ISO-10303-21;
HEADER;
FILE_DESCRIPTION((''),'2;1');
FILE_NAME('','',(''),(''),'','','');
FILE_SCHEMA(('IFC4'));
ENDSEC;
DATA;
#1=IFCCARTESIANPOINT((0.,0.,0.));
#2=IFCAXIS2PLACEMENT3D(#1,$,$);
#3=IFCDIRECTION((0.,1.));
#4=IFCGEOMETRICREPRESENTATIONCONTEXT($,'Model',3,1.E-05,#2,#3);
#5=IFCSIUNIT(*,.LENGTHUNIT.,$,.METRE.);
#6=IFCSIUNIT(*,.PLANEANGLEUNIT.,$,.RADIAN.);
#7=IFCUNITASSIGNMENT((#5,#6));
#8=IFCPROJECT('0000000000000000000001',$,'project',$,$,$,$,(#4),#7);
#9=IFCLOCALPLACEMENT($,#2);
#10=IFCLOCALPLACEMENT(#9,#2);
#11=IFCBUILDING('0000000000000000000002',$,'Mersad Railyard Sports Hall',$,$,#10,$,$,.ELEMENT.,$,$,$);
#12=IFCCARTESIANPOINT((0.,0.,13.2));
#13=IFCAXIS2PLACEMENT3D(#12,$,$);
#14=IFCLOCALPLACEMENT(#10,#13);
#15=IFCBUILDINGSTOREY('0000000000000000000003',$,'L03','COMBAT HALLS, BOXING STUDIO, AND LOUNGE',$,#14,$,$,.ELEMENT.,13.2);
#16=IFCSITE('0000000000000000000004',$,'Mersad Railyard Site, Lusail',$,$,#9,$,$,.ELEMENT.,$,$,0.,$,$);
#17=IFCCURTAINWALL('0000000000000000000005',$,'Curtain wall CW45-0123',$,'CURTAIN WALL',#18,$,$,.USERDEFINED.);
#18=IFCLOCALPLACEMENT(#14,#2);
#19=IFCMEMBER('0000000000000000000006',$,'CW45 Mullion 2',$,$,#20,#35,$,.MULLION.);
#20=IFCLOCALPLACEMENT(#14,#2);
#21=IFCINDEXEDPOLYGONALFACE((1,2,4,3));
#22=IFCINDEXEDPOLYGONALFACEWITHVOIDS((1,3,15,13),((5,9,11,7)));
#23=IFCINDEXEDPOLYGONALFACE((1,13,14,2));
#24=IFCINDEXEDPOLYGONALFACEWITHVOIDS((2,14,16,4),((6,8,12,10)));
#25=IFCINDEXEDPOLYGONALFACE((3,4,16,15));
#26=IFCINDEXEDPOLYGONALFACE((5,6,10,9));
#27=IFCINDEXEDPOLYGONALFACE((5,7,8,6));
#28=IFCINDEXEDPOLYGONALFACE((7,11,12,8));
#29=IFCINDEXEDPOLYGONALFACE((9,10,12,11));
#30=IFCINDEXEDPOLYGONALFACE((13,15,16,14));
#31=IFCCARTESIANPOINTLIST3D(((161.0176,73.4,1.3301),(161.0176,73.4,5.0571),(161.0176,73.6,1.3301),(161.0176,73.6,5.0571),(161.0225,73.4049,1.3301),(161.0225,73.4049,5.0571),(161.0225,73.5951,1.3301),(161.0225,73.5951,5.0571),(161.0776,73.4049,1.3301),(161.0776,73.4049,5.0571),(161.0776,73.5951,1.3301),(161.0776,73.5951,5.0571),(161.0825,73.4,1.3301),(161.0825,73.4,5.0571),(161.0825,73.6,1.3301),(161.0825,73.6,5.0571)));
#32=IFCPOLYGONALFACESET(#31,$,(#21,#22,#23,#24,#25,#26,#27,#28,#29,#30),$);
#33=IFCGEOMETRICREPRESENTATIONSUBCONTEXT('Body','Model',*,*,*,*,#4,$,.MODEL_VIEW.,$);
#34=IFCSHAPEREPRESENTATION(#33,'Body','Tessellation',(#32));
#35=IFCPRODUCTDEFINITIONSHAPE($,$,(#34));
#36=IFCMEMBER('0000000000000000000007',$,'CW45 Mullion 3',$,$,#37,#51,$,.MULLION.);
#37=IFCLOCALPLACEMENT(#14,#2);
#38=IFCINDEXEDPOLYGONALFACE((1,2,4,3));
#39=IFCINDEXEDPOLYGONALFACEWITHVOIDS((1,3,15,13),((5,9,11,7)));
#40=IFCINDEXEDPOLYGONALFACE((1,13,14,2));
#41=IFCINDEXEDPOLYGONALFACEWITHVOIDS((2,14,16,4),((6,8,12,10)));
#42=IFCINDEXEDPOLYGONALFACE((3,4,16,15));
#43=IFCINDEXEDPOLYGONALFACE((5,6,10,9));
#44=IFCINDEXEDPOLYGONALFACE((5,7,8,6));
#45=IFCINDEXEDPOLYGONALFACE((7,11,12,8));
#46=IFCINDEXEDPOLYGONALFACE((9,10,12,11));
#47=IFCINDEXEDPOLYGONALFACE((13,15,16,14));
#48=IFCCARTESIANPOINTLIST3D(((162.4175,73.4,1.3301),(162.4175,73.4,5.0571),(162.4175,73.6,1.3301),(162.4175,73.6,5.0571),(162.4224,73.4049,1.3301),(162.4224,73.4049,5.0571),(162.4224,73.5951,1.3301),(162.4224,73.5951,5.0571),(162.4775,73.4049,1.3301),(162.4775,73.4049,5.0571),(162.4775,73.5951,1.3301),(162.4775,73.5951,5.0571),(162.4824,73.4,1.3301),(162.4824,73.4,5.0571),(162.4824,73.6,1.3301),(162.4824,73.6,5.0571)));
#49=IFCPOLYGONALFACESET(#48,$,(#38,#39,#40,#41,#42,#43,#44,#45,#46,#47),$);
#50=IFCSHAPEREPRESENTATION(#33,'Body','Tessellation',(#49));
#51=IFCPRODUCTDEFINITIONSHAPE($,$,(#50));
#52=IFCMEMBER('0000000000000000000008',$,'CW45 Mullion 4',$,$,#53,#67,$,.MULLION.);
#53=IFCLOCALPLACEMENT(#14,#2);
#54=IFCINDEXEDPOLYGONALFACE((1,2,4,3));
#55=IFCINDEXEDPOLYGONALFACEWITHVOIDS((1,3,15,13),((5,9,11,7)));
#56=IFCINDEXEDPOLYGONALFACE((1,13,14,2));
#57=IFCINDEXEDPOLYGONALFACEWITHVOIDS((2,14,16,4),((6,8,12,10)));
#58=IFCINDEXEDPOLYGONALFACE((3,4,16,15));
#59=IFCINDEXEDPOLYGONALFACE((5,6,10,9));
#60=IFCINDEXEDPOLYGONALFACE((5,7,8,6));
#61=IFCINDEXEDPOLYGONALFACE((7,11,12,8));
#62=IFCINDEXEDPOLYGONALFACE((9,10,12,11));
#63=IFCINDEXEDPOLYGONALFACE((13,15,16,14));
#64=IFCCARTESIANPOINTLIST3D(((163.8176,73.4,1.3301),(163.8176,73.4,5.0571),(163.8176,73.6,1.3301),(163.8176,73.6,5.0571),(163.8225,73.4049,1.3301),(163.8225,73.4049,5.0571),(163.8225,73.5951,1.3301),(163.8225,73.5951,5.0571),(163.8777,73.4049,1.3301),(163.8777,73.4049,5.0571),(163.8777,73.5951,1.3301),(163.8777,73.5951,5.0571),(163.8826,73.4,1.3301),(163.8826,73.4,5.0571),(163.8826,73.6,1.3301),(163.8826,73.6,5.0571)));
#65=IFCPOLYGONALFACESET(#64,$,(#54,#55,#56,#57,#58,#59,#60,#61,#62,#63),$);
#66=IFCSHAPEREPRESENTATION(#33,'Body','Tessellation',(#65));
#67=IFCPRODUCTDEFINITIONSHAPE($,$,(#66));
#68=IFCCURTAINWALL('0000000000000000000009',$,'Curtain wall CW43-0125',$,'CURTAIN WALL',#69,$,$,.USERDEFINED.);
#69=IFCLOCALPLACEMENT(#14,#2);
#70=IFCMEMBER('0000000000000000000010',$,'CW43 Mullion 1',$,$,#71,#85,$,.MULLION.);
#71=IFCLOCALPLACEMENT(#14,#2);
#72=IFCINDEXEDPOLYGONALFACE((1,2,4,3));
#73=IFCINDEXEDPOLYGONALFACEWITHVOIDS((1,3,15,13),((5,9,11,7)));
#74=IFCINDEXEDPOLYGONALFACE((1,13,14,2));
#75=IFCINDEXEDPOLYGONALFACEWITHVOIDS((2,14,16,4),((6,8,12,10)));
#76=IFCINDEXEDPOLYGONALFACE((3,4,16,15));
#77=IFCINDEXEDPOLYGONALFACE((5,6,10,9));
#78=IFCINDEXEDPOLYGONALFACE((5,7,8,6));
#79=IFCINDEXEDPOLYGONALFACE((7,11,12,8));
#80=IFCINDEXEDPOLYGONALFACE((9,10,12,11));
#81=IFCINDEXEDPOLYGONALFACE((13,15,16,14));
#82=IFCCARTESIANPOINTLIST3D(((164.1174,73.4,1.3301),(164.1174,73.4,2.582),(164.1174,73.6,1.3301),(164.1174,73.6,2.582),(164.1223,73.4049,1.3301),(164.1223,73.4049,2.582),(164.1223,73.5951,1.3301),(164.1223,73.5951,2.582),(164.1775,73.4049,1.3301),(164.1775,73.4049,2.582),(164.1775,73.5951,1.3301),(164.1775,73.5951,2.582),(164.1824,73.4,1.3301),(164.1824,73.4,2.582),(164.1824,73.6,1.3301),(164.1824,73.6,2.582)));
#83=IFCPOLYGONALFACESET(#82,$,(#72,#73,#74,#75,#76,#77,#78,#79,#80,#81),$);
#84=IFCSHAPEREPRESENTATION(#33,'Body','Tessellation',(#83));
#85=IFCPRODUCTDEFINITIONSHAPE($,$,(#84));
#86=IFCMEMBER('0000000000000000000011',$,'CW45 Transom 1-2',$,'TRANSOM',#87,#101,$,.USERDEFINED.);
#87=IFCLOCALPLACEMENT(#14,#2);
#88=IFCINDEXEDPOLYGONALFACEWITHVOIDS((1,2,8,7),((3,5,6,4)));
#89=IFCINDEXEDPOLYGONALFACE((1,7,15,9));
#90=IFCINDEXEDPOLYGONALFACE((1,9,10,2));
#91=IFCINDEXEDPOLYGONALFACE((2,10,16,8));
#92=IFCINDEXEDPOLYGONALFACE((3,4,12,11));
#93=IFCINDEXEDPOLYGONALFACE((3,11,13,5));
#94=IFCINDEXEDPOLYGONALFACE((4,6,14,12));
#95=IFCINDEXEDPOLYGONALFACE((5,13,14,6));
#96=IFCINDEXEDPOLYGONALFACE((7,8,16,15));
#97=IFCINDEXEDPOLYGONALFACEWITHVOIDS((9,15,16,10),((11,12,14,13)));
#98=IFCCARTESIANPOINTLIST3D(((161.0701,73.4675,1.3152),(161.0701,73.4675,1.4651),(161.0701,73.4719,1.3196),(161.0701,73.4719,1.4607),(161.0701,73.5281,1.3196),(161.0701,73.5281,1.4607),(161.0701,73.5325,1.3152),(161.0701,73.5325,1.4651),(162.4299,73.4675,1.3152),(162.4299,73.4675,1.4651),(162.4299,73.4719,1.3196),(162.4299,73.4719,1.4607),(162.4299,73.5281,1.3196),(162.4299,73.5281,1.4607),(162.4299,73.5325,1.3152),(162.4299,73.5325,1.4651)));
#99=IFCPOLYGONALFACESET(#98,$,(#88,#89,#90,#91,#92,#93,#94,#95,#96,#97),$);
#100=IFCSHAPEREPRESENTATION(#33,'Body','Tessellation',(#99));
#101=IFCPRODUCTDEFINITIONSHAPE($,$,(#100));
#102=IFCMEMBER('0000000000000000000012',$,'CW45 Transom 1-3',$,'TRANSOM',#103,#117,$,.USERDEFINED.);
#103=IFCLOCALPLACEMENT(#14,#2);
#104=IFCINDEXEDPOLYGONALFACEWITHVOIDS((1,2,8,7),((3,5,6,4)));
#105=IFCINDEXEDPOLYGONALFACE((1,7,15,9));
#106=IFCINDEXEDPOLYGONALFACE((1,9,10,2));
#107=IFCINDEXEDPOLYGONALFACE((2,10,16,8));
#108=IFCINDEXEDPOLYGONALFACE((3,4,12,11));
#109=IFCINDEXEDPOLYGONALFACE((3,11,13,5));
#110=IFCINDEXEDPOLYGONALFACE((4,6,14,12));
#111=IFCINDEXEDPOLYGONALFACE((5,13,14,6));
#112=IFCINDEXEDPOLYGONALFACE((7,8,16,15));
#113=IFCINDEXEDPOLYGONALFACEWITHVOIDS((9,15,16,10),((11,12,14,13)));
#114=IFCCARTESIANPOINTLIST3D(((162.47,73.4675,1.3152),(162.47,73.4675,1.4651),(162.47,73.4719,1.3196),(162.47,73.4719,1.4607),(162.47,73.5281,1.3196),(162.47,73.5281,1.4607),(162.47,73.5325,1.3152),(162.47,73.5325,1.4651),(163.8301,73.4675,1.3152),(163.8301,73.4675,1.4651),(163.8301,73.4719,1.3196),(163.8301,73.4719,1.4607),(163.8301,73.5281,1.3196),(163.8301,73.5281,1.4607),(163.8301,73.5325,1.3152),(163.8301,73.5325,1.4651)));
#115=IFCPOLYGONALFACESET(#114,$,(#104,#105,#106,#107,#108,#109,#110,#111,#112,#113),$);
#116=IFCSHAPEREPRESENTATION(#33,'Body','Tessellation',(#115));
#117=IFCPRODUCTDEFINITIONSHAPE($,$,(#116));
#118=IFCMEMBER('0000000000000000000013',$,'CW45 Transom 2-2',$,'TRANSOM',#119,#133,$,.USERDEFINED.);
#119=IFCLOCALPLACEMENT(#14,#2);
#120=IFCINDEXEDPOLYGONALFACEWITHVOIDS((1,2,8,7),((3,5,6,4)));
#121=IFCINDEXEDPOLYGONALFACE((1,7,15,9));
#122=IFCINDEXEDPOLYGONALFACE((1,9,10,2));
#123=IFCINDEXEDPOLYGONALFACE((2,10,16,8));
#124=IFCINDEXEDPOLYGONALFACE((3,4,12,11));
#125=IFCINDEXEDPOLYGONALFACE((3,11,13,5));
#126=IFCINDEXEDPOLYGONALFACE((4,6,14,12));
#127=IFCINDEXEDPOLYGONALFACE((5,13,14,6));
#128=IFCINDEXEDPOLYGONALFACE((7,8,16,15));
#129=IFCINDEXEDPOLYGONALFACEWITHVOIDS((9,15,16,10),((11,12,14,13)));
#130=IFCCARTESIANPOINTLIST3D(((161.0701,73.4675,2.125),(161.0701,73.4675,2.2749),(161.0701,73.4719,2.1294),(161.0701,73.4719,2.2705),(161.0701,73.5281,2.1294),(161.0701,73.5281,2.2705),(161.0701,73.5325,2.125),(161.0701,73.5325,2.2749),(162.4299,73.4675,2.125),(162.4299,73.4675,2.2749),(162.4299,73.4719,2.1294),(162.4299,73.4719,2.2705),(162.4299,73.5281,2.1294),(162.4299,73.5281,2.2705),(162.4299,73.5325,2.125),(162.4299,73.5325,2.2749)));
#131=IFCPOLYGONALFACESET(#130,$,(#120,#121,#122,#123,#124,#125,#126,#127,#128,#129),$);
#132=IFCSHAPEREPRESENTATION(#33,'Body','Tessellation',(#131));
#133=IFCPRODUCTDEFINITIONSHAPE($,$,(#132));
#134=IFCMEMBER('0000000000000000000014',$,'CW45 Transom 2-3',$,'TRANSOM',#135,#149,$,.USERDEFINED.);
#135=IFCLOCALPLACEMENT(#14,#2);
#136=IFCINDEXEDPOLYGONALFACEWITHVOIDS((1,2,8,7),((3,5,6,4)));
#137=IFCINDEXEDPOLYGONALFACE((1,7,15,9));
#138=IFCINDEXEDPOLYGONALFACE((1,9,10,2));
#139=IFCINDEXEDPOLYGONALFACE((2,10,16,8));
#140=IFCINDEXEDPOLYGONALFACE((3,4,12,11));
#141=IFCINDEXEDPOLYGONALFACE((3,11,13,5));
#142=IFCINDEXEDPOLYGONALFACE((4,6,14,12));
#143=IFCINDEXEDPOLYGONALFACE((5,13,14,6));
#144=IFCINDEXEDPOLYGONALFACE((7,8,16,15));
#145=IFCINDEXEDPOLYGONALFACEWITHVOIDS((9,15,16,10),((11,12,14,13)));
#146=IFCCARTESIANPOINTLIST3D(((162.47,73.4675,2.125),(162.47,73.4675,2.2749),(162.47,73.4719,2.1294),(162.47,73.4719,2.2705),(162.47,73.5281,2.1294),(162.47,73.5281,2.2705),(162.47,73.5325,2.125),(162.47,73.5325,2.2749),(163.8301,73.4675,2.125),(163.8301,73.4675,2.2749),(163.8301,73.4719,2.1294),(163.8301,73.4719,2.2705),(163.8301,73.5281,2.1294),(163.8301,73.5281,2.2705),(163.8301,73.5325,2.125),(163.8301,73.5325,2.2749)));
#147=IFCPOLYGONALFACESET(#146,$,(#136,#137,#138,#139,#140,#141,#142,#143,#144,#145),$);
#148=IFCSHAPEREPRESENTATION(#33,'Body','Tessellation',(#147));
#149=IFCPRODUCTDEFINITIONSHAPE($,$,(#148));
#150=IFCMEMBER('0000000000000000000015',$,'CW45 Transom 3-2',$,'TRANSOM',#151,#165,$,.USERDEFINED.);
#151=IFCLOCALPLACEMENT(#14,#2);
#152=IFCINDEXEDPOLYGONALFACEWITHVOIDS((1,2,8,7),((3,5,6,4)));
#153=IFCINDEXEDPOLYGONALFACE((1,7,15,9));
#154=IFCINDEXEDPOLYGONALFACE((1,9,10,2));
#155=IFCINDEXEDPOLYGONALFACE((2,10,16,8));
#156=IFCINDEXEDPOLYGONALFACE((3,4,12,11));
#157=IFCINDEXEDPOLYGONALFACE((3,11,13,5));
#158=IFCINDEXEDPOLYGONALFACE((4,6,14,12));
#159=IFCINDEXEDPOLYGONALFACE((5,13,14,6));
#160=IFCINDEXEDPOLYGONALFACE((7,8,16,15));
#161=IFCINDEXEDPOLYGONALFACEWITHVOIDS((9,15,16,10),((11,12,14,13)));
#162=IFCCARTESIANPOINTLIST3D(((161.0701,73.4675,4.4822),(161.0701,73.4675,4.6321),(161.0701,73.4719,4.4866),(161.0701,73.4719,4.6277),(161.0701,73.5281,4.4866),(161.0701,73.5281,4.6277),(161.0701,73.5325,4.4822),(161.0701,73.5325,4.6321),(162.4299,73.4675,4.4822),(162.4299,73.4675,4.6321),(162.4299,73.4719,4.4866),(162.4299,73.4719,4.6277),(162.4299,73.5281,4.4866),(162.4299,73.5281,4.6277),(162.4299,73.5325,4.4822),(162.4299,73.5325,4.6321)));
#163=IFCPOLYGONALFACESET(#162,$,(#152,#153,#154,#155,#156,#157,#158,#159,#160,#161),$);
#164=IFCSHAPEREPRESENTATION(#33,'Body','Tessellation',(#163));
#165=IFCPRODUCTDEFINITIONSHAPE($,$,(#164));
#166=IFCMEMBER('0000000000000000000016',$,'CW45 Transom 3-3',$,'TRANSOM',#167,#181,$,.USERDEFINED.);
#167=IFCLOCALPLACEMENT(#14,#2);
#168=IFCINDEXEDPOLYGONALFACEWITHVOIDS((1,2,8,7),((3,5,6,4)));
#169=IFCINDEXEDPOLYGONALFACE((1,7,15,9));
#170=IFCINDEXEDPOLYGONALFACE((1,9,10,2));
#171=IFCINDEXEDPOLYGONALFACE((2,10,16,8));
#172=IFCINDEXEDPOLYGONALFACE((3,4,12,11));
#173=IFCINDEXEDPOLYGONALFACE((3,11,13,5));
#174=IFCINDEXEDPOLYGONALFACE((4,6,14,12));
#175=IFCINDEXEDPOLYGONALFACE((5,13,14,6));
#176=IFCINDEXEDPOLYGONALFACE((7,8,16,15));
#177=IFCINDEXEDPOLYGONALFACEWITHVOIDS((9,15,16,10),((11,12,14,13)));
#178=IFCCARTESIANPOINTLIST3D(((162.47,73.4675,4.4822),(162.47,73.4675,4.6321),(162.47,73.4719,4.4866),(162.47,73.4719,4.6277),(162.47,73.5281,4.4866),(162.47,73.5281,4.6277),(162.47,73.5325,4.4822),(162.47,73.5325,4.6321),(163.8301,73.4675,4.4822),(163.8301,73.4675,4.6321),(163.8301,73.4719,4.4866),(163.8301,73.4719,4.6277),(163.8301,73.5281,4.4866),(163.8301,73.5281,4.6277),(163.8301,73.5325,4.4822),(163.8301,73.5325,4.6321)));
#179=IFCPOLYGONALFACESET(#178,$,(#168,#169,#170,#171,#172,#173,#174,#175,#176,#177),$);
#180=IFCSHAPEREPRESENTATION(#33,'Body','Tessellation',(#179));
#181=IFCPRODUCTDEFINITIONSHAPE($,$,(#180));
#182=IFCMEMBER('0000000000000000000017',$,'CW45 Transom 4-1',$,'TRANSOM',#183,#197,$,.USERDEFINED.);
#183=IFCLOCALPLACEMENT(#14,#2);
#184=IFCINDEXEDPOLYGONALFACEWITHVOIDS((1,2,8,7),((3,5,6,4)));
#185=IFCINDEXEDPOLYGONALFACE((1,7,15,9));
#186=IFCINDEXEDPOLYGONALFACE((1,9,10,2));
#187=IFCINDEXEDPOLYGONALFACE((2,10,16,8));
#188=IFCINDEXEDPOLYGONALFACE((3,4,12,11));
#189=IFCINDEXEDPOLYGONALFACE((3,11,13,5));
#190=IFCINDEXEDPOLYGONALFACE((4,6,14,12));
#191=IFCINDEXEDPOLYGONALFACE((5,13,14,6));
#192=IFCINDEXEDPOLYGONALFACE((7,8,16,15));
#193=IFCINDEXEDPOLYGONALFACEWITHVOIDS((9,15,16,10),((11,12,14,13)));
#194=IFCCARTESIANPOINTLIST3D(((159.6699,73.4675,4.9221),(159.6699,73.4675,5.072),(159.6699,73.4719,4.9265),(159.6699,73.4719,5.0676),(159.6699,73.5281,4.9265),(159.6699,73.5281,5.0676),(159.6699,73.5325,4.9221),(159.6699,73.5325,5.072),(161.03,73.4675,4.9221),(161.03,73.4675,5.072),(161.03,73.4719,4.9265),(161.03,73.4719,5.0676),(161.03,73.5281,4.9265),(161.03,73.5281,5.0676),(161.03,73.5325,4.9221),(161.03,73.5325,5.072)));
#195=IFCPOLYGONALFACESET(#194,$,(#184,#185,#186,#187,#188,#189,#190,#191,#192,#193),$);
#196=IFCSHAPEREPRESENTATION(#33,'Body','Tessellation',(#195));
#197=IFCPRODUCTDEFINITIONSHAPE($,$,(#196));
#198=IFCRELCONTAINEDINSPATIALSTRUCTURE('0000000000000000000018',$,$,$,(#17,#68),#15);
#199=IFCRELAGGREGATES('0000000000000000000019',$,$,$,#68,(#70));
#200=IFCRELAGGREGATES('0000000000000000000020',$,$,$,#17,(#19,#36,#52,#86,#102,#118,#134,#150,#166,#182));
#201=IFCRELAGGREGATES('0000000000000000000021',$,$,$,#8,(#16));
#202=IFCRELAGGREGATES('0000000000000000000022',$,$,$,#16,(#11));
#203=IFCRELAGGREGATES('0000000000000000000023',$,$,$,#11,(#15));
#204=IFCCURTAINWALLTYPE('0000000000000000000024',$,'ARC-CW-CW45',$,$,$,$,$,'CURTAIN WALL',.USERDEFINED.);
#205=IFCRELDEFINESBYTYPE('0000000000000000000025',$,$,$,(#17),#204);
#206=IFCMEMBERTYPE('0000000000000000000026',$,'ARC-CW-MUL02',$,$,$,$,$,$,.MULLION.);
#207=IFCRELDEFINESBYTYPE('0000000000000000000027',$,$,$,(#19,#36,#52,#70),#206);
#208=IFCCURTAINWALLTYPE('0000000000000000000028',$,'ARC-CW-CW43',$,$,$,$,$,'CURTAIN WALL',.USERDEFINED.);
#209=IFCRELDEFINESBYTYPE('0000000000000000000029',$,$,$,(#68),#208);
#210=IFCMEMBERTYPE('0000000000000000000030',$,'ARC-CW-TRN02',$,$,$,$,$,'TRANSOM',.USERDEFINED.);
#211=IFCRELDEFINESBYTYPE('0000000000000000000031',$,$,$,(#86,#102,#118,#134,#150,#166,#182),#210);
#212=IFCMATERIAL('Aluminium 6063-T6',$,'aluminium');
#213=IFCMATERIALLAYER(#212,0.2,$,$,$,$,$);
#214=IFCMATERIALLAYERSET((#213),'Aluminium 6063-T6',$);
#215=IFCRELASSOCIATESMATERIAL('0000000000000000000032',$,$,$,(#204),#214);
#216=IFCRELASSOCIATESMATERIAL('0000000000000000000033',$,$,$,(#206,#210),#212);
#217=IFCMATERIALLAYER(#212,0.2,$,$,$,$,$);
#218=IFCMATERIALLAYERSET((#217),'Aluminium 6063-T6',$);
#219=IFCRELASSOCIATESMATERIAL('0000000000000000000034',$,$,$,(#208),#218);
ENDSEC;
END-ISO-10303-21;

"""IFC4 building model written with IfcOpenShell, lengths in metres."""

from ifc_helpers import new_model, si_unit, direction, frame, origin, origin_2d, place, context, subcontext, project, spatial, hollow_rectangle, extrude, material, layer, layer_set, material_profile, profile_set, type_object, element, aggregate, save


model = new_model("IFC4")

# Units and contexts
model_context = context("Model", 3, precision=1e-05, world=origin(), true_north=direction((0.0, 1.0)))
body_context = subcontext(model_context, "Body", "Model", "MODEL_VIEW")
ifc_project = project(units=[si_unit("LENGTHUNIT", "METRE"), si_unit("PLANEANGLEUNIT", "RADIAN")], contexts=[model_context])

# Site, building, storey
site_placement = place(None, origin())
site = spatial("IfcSite", under=ifc_project, at=site_placement, Name="Mersad Railyard Site, Lusail", CompositionType="ELEMENT", RefElevation=0.0)
building_placement = place(site_placement, origin())
building = spatial("IfcBuilding", under=site, at=building_placement, Name="Mersad Railyard Sports Hall", CompositionType="ELEMENT")
storey_placement = place(building_placement, frame((0.0, 0.0, 13.2)))
storey = spatial("IfcBuildingStorey", under=building, at=storey_placement, Name="L03", Description="COMBAT HALLS, BOXING STUDIO, AND LOUNGE", CompositionType="ELEMENT", Elevation=13.2)

# Curtain wall, members
ifc_material_1 = material(Name="Aluminium 6063-T6", Category="aluminium")
ifc_layer_1 = layer(ifc_material_1, 0.2)
ifc_layer_set_1 = layer_set([ifc_layer_1], Name="Aluminium 6063-T6")
curtain_wall_type_1 = type_object("IfcCurtainWallType", Name="ARC-CW-CW45", ElementType="CURTAIN WALL", PredefinedType="USERDEFINED", material=ifc_layer_set_1)
curtain_wall_1_placement = place(storey_placement, origin())
curtain_wall_1 = element("IfcCurtainWall", 1, at=curtain_wall_1_placement, inside=storey, type_object=curtain_wall_type_1, Name="Curtain wall CW45-0123", ObjectType="CURTAIN WALL", PredefinedType="USERDEFINED")
ifc_material_profile_1 = material_profile(ifc_material_1, hollow_rectangle(XDim=0.0649, YDim=0.2, WallThickness=0.0049, at=origin_2d()), Name="AL MULLION 65x200x5")
ifc_profile_set_1 = profile_set([ifc_material_profile_1], Name="Aluminium 6063-T6")
member_type_1 = type_object("IfcMemberType", Name="ARC-CW-MUL02", PredefinedType="MULLION", material=ifc_profile_set_1)
member_1_placement = place(storey_placement, frame((161.05, 73.5, 1.3301), z_axis=(0.0, 0.0, 1.0), x_axis=(1.0, 0.0, 0.0)))
member_1 = element("IfcMember", 2, at=member_1_placement, type_object=member_type_1, Name="CW45 Mullion 2", PredefinedType="MULLION", context=body_context, shape_type="SweptSolid", body=[
    extrude(hollow_rectangle(XDim=0.0649, YDim=0.2, WallThickness=0.0049, at=origin_2d()), origin(), (0.0, 0.0, 1.0), 3.7271),
])
member_2_placement = place(storey_placement, frame((162.45, 73.5, 1.3301), z_axis=(0.0, 0.0, 1.0), x_axis=(1.0, 0.0, 0.0)))
member_2 = element("IfcMember", 3, at=member_2_placement, type_object=member_type_1, Name="CW45 Mullion 3", PredefinedType="MULLION", context=body_context, shape_type="SweptSolid", body=[
    extrude(hollow_rectangle(XDim=0.0649, YDim=0.2, WallThickness=0.0049, at=origin_2d()), origin(), (0.0, 0.0, 1.0), 3.7271),
])
member_3_placement = place(storey_placement, frame((163.8501, 73.5, 1.3301), z_axis=(0.0, 0.0, 1.0), x_axis=(1.0, 0.0, 0.0)))
member_3 = element("IfcMember", 4, at=member_3_placement, type_object=member_type_1, Name="CW45 Mullion 4", PredefinedType="MULLION", context=body_context, shape_type="SweptSolid", body=[
    extrude(hollow_rectangle(XDim=0.0649, YDim=0.2, WallThickness=0.0049, at=origin_2d()), origin(), (0.0, 0.0, 1.0), 3.7271),
])

# Curtain wall, member
ifc_layer_2 = layer(ifc_material_1, 0.2)
ifc_layer_set_2 = layer_set([ifc_layer_2], Name="Aluminium 6063-T6")
curtain_wall_type_2 = type_object("IfcCurtainWallType", Name="ARC-CW-CW43", ElementType="CURTAIN WALL", PredefinedType="USERDEFINED", material=ifc_layer_set_2)
curtain_wall_2_placement = place(storey_placement, origin())
curtain_wall_2 = element("IfcCurtainWall", 5, at=curtain_wall_2_placement, inside=storey, type_object=curtain_wall_type_2, Name="Curtain wall CW43-0125", ObjectType="CURTAIN WALL", PredefinedType="USERDEFINED")
member_4_placement = place(storey_placement, frame((164.1499, 73.5, 1.3301), z_axis=(0.0, 0.0, 1.0), x_axis=(1.0, 0.0, 0.0)))
member_4 = element("IfcMember", 6, at=member_4_placement, type_object=member_type_1, Name="CW43 Mullion 1", PredefinedType="MULLION", context=body_context, shape_type="SweptSolid", body=[
    extrude(hollow_rectangle(XDim=0.0649, YDim=0.2, WallThickness=0.0049, at=origin_2d()), origin(), (0.0, 0.0, 1.0), 1.252),
])
aggregate(curtain_wall_2, [member_4])

# Members
ifc_material_profile_2 = material_profile(ifc_material_1, hollow_rectangle(XDim=0.0649, YDim=0.1499, WallThickness=0.0044, at=origin_2d()), Name="AL TRANSOM 65x150x4.5")
ifc_profile_set_2 = profile_set([ifc_material_profile_2], Name="Aluminium 6063-T6")
member_type_2 = type_object("IfcMemberType", Name="ARC-CW-TRN02", ElementType="TRANSOM", PredefinedType="USERDEFINED", material=ifc_profile_set_2)
member_5_placement = place(storey_placement, frame((161.0701, 73.5, 1.3901), z_axis=(1.0, 0.0, 0.0), x_axis=(0.0, 1.0, 0.0)))
member_5 = element("IfcMember", 7, at=member_5_placement, type_object=member_type_2, Name="CW45 Transom 1-2", ObjectType="TRANSOM", PredefinedType="USERDEFINED", context=body_context, shape_type="SweptSolid", body=[
    extrude(hollow_rectangle(XDim=0.0649, YDim=0.1499, WallThickness=0.0044, at=origin_2d()), origin(), (0.0, 0.0, 1.0), 1.3599),
])
member_6_placement = place(storey_placement, frame((162.47, 73.5, 1.3901), z_axis=(1.0, 0.0, 0.0), x_axis=(0.0, 1.0, 0.0)))
member_6 = element("IfcMember", 8, at=member_6_placement, type_object=member_type_2, Name="CW45 Transom 1-3", ObjectType="TRANSOM", PredefinedType="USERDEFINED", context=body_context, shape_type="SweptSolid", body=[
    extrude(hollow_rectangle(XDim=0.0649, YDim=0.1499, WallThickness=0.0044, at=origin_2d()), origin(), (0.0, 0.0, 1.0), 1.3601),
])
member_7_placement = place(storey_placement, frame((161.0701, 73.5, 2.2), z_axis=(1.0, 0.0, 0.0), x_axis=(0.0, 1.0, 0.0)))
member_7 = element("IfcMember", 9, at=member_7_placement, type_object=member_type_2, Name="CW45 Transom 2-2", ObjectType="TRANSOM", PredefinedType="USERDEFINED", context=body_context, shape_type="SweptSolid", body=[
    extrude(hollow_rectangle(XDim=0.0649, YDim=0.1499, WallThickness=0.0044, at=origin_2d()), origin(), (0.0, 0.0, 1.0), 1.3599),
])
member_8_placement = place(storey_placement, frame((162.47, 73.5, 2.2), z_axis=(1.0, 0.0, 0.0), x_axis=(0.0, 1.0, 0.0)))
member_8 = element("IfcMember", 10, at=member_8_placement, type_object=member_type_2, Name="CW45 Transom 2-3", ObjectType="TRANSOM", PredefinedType="USERDEFINED", context=body_context, shape_type="SweptSolid", body=[
    extrude(hollow_rectangle(XDim=0.0649, YDim=0.1499, WallThickness=0.0044, at=origin_2d()), origin(), (0.0, 0.0, 1.0), 1.3601),
])
member_9_placement = place(storey_placement, frame((161.0701, 73.5, 4.5571), z_axis=(1.0, 0.0, 0.0), x_axis=(0.0, 1.0, 0.0)))
member_9 = element("IfcMember", 11, at=member_9_placement, type_object=member_type_2, Name="CW45 Transom 3-2", ObjectType="TRANSOM", PredefinedType="USERDEFINED", context=body_context, shape_type="SweptSolid", body=[
    extrude(hollow_rectangle(XDim=0.0649, YDim=0.1499, WallThickness=0.0044, at=origin_2d()), origin(), (0.0, 0.0, 1.0), 1.3599),
])
member_10_placement = place(storey_placement, frame((162.47, 73.5, 4.5571), z_axis=(1.0, 0.0, 0.0), x_axis=(0.0, 1.0, 0.0)))
member_10 = element("IfcMember", 12, at=member_10_placement, type_object=member_type_2, Name="CW45 Transom 3-3", ObjectType="TRANSOM", PredefinedType="USERDEFINED", context=body_context, shape_type="SweptSolid", body=[
    extrude(hollow_rectangle(XDim=0.0649, YDim=0.1499, WallThickness=0.0044, at=origin_2d()), origin(), (0.0, 0.0, 1.0), 1.3601),
])
member_11_placement = place(storey_placement, frame((159.6699, 73.5, 4.9971), z_axis=(1.0, 0.0, 0.0), x_axis=(0.0, 1.0, 0.0)))
member_11 = element("IfcMember", 13, at=member_11_placement, type_object=member_type_2, Name="CW45 Transom 4-1", ObjectType="TRANSOM", PredefinedType="USERDEFINED", context=body_context, shape_type="SweptSolid", body=[
    extrude(hollow_rectangle(XDim=0.0649, YDim=0.1499, WallThickness=0.0044, at=origin_2d()), origin(), (0.0, 0.0, 1.0), 1.3601),
])

aggregate(curtain_wall_1, [member_1, member_2, member_3, member_5, member_6, member_7, member_8, member_9, member_10, member_11])

save(model, "model.ifc")
